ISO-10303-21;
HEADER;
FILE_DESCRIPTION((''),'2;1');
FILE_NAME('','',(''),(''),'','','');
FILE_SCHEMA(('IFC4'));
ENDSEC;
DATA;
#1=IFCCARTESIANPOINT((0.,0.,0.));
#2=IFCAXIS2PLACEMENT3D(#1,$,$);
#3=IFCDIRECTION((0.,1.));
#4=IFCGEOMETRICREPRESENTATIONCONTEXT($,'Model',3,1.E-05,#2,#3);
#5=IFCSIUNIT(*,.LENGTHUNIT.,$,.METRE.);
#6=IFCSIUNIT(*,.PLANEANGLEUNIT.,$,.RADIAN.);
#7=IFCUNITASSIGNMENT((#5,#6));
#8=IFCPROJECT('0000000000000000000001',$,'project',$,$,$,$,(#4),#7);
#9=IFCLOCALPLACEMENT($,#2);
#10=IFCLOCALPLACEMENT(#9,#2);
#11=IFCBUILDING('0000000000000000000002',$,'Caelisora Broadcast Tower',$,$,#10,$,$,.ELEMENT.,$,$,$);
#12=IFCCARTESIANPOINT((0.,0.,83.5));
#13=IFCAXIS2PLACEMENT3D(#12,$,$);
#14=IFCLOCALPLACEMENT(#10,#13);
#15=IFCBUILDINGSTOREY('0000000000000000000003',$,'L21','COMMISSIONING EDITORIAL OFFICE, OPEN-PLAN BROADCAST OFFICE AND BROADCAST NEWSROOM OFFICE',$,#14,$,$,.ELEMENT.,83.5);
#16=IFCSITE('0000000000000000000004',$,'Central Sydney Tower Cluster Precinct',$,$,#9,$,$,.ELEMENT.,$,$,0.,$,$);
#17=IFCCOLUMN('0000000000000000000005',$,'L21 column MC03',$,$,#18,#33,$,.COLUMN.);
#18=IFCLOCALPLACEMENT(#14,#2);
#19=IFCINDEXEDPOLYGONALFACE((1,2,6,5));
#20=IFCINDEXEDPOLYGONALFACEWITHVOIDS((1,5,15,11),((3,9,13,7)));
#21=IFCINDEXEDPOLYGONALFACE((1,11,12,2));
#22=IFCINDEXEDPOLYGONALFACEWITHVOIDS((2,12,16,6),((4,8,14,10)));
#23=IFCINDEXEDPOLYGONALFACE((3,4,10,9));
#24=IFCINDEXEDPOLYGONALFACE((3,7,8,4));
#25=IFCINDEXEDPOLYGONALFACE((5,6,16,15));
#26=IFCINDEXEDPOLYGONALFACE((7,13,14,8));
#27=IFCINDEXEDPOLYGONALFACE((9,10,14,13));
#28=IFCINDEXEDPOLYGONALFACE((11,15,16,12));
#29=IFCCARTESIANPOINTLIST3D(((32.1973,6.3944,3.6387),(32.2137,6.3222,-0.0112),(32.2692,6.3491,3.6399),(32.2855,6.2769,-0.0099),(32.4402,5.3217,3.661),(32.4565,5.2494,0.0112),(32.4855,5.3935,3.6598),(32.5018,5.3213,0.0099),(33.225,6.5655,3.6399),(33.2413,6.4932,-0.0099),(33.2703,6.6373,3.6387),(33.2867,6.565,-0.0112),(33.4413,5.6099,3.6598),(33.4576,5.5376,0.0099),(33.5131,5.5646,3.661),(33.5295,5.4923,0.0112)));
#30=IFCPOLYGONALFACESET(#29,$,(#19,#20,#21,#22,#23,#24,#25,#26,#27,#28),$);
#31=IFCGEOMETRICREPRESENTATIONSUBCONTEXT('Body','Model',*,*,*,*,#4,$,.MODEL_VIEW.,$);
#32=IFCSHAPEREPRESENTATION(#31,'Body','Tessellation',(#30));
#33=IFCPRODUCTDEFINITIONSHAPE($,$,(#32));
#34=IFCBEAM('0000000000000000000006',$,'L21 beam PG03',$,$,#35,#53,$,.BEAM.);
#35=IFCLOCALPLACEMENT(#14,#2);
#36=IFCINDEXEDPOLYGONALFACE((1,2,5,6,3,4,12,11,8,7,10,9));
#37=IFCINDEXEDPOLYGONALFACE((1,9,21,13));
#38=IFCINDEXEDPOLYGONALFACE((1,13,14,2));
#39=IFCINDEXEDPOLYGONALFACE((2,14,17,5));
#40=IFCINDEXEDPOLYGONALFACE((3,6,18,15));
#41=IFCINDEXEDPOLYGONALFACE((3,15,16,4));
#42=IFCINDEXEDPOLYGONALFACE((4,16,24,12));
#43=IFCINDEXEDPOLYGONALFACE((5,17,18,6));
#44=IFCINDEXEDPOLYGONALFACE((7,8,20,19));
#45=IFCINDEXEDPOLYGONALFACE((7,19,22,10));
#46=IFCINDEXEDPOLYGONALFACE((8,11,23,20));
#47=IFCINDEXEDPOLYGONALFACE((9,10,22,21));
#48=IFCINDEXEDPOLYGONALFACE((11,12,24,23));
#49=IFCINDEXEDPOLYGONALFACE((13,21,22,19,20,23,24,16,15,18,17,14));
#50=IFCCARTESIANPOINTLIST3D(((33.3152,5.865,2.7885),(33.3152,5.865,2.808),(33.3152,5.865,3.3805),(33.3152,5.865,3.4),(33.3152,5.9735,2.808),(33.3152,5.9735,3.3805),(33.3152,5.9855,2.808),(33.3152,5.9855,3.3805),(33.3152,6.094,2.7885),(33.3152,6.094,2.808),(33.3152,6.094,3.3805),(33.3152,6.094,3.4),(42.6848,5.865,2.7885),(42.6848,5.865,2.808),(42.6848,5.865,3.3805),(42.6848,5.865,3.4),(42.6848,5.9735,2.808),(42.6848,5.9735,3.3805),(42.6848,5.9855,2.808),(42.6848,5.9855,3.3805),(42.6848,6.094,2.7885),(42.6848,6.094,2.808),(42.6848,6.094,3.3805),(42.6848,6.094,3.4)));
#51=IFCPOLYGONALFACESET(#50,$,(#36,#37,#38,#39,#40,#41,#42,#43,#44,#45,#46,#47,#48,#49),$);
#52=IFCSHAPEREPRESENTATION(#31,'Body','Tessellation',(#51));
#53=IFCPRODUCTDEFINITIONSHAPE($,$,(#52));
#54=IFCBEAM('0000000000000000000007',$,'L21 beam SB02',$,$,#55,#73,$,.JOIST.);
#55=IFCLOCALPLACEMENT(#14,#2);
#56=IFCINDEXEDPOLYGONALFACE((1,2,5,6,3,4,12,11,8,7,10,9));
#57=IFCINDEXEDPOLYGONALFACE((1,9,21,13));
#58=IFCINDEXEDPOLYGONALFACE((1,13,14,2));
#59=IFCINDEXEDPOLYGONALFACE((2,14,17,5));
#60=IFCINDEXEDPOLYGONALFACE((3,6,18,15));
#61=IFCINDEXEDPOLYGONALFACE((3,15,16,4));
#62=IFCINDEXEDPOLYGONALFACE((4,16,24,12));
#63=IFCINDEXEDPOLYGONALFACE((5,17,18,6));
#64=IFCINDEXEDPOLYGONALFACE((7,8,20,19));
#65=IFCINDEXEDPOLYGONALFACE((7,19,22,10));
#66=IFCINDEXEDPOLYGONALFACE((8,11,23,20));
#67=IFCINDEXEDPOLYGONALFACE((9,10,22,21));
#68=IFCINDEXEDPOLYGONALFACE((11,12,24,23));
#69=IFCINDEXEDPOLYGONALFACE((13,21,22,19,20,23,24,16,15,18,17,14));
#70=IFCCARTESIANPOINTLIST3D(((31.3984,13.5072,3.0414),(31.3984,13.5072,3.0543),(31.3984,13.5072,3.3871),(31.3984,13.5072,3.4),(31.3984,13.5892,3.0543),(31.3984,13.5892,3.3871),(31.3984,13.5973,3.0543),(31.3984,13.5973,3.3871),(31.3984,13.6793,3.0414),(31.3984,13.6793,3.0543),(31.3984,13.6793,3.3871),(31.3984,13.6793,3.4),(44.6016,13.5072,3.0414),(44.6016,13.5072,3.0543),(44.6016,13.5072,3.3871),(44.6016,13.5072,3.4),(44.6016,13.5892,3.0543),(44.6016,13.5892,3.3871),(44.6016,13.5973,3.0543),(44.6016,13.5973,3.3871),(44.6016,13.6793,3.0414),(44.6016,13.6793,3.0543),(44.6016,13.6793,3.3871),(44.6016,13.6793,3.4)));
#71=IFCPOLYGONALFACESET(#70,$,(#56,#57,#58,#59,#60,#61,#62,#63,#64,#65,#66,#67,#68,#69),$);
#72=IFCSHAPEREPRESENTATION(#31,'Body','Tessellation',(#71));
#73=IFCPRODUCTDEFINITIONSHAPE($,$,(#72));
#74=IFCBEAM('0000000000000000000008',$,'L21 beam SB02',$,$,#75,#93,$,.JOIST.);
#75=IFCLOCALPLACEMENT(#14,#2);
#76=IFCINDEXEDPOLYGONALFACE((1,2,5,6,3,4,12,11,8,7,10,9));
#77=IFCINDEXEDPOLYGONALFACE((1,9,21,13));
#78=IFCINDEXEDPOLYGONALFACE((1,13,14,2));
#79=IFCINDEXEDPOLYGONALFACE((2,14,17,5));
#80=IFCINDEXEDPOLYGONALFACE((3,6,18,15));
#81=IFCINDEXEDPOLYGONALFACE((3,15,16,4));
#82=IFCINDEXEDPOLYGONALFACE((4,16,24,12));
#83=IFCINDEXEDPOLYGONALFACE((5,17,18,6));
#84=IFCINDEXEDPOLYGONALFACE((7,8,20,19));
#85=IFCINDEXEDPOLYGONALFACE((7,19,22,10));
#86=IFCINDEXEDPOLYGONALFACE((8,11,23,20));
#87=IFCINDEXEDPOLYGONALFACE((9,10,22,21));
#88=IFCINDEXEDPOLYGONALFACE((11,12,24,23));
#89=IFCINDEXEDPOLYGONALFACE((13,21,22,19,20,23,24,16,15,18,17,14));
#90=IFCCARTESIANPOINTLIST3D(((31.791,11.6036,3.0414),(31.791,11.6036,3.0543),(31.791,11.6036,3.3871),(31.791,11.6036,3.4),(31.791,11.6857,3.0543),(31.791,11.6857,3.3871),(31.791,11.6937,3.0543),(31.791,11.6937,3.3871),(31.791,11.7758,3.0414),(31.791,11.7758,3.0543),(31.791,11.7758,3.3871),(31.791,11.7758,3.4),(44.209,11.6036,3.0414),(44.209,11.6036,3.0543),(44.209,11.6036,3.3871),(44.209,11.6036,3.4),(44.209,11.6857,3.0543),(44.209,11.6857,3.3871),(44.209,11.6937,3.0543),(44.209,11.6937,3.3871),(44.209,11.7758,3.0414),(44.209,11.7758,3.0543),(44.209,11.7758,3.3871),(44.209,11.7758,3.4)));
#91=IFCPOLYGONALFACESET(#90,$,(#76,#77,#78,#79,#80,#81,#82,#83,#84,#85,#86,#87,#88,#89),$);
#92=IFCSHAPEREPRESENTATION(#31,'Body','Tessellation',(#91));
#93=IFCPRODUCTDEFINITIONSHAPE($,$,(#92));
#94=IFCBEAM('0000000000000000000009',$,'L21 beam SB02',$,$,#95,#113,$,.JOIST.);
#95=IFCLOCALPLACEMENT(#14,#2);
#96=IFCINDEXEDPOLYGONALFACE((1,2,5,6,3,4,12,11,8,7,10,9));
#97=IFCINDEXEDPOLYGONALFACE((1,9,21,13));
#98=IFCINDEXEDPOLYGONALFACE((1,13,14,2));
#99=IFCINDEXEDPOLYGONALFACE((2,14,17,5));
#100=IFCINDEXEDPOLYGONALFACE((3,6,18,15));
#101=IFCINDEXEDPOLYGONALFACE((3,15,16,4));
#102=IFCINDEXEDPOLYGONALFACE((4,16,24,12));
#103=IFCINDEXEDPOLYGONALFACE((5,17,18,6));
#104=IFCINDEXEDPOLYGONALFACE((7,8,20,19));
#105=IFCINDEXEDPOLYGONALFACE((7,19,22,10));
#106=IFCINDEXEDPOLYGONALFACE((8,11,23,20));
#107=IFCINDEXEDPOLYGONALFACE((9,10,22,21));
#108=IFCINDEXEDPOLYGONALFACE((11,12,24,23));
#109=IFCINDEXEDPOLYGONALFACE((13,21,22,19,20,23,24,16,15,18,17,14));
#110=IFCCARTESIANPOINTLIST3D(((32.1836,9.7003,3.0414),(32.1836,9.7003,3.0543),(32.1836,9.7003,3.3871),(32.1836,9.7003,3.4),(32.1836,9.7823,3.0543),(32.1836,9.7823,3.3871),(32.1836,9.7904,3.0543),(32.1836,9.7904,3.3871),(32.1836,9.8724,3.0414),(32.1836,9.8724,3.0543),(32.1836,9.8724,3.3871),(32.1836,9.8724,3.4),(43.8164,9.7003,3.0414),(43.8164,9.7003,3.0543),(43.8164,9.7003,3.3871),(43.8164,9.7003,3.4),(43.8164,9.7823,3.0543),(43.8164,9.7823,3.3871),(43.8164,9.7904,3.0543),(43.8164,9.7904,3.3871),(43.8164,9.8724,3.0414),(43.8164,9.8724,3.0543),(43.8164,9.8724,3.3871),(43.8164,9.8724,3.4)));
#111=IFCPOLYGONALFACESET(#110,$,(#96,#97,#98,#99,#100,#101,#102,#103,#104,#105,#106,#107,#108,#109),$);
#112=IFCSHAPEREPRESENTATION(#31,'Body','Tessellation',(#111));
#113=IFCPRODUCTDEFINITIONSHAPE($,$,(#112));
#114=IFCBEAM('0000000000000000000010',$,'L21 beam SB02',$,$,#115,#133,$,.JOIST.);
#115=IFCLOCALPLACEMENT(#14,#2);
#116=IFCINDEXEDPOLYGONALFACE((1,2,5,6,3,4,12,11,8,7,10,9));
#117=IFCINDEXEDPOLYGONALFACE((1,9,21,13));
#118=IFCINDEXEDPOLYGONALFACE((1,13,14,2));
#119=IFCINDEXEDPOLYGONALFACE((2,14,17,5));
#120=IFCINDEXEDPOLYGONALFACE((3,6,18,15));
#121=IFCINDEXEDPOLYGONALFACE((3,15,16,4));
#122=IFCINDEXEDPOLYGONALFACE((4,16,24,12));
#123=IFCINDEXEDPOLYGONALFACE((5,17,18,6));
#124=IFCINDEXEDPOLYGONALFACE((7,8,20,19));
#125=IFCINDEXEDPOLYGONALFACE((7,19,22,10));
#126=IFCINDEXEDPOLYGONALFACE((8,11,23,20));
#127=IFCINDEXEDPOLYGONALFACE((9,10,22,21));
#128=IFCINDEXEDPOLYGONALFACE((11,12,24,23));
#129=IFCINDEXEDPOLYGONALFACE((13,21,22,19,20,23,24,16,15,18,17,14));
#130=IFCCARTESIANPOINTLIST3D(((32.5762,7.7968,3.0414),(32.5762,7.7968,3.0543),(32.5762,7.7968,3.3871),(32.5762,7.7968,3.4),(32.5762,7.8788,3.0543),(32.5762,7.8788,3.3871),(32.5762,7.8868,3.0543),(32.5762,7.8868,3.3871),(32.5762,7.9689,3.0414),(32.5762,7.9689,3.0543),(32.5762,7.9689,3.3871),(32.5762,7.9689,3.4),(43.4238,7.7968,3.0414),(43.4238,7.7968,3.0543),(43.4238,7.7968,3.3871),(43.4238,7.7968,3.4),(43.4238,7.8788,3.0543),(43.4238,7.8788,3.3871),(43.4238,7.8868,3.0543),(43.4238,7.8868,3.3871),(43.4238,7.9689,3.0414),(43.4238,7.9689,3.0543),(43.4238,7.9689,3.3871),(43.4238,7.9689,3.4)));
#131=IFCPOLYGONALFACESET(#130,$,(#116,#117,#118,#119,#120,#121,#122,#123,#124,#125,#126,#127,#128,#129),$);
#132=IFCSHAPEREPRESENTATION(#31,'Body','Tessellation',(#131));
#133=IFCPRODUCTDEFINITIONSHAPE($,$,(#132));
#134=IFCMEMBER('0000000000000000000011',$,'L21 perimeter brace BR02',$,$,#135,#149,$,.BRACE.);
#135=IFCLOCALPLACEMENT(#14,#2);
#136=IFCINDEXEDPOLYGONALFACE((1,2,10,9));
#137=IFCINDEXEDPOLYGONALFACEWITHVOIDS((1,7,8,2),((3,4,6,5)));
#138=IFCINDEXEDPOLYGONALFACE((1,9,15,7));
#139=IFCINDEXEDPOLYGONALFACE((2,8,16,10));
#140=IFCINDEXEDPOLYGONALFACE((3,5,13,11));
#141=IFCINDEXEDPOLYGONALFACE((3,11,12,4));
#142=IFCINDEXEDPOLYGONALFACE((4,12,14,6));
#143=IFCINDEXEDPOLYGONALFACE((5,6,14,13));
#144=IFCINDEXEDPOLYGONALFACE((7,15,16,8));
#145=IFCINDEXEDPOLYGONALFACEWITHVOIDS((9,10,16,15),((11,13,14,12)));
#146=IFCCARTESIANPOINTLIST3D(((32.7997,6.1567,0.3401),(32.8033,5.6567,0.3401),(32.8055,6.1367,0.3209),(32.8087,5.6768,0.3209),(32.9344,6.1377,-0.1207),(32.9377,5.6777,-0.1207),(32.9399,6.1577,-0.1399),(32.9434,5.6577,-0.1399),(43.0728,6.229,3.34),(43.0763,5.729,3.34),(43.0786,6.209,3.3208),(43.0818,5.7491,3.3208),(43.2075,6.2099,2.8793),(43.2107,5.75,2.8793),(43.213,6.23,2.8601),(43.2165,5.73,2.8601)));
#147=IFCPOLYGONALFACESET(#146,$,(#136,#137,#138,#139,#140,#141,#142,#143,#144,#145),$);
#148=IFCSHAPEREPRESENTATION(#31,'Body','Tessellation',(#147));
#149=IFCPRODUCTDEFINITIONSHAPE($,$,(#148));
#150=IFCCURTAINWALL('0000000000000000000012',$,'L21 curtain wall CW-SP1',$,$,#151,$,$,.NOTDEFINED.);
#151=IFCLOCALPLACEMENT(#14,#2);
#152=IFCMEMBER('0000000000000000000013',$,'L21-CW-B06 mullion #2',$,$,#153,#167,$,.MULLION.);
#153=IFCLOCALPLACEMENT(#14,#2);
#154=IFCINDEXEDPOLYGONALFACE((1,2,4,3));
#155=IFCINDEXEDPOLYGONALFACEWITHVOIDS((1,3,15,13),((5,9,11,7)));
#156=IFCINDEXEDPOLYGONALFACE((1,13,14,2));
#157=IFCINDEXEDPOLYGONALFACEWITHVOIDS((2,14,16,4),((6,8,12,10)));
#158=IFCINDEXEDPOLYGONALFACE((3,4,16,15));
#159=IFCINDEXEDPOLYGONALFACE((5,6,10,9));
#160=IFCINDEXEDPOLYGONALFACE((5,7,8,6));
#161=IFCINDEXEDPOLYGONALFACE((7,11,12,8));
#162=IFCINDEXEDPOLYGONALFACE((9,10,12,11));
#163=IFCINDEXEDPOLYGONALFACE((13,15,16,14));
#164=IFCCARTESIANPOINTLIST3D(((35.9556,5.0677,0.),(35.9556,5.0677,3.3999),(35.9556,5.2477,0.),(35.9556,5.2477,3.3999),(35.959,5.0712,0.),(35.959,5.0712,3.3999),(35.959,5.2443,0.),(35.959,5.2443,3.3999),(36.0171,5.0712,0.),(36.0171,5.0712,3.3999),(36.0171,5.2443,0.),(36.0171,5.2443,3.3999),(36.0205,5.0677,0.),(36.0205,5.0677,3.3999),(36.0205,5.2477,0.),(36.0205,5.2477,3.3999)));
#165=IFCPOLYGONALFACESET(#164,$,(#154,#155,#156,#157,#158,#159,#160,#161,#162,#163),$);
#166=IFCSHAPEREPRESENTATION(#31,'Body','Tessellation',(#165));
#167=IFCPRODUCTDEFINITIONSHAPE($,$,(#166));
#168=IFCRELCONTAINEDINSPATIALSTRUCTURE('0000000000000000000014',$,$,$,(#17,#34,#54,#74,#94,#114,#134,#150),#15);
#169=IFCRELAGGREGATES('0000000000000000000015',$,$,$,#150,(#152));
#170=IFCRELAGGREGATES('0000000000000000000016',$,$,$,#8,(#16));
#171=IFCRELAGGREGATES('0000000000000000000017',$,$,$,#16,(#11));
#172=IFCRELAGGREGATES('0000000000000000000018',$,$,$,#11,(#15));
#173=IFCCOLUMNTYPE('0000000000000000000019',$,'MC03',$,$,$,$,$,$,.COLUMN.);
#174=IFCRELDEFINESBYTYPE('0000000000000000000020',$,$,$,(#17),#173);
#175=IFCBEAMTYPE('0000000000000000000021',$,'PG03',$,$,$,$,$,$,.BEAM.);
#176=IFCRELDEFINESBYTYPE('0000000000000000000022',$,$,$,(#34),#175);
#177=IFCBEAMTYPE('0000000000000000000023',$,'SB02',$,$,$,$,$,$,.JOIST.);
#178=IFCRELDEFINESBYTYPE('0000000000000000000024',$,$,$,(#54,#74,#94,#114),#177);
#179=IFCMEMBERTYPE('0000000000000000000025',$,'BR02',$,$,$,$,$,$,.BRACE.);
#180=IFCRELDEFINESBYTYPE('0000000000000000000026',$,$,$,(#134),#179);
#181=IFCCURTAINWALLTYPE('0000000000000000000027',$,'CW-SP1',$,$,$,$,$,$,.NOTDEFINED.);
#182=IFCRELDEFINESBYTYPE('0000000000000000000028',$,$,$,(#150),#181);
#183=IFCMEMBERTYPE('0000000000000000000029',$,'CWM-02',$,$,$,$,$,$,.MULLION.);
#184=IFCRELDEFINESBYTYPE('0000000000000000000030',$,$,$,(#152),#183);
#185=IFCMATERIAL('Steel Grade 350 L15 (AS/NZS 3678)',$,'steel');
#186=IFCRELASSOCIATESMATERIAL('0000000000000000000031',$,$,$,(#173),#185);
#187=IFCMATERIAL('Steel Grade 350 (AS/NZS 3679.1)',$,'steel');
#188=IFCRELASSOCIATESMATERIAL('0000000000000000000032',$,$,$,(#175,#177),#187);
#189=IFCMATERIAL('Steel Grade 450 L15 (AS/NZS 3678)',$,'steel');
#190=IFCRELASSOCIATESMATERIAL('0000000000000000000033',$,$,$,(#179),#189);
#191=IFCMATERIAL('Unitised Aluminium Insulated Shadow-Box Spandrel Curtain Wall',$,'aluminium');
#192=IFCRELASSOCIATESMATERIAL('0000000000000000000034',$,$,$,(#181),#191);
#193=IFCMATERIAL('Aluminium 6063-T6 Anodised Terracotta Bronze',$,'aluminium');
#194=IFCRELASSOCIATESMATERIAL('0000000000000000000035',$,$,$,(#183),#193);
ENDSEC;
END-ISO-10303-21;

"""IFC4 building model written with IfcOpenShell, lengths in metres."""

from ifc_helpers import new_model, si_unit, direction, frame, origin, origin_2d, place, context, subcontext, project, spatial, hollow_rectangle, i_section, extrude, source, transform, mapped, material, material_profile, profile_set, type_object, type_shapes, element, aggregate, save


model = new_model("IFC4")

# Units and contexts
model_context = context("Model", 3, precision=1e-05, world=origin(), true_north=direction((0.0, 1.0)))
body_context = subcontext(model_context, "Body", "Model", "MODEL_VIEW")
ifc_project = project(units=[si_unit("LENGTHUNIT", "METRE"), si_unit("PLANEANGLEUNIT", "RADIAN")], contexts=[model_context])

# Site, building, storey
site_placement = place(None, origin())
site = spatial("IfcSite", under=ifc_project, at=site_placement, Name="Central Sydney Tower Cluster Precinct", CompositionType="ELEMENT", RefElevation=0.0)
building_placement = place(site_placement, origin())
building = spatial("IfcBuilding", under=site, at=building_placement, Name="Caelisora Broadcast Tower", CompositionType="ELEMENT")
storey_placement = place(building_placement, frame((0.0, 0.0, 83.5)))
storey = spatial("IfcBuildingStorey", under=building, at=storey_placement, Name="L21", Description="COMMISSIONING EDITORIAL OFFICE, OPEN-PLAN BROADCAST OFFICE AND BROADCAST NEWSROOM OFFICE", CompositionType="ELEMENT", Elevation=83.5)

# Column
ifc_material_1 = material(Name="Steel Grade 350 L15 (AS/NZS 3678)", Category="steel")
ifc_material_profile_1 = material_profile(ifc_material_1, hollow_rectangle(XDim=1.1001, YDim=1.1001, WallThickness=0.0601, at=origin_2d()), Name="Steel Grade 350 L15 (AS/NZS 3678)")
ifc_profile_set_1 = profile_set([ifc_material_profile_1], Name="Steel Grade 350 L15 (AS/NZS 3678)")
column_type = type_object("IfcColumnType", Name="MC03", PredefinedType="COLUMN", material=ifc_profile_set_1)
shared_shape_1 = source(origin(), body_context, "Body", "SweptSolid", [
    extrude(hollow_rectangle(XDim=1.1001, YDim=1.1001, WallThickness=0.0601, at=origin_2d()), origin(), (0.0, 0.0, 1.0), 3.6506),
])
type_shapes(column_type, [shared_shape_1])
column_placement = place(storey_placement, frame((32.8716, 5.9072, 0.0), z_axis=(-0.004481, 0.019795, 0.999794), x_axis=(-0.975327, -0.220767, 0.0)))
element("IfcColumn", 1, at=column_placement, inside=storey, type_object=column_type, Name="L21 column MC03", PredefinedType="COLUMN", context=body_context, shape_type="MappedRepresentation", body=[
    mapped(shared_shape_1, transform((0.0, 0.0, 0.0), scale=1.0)),
])

# Beams
ifc_material_2 = material(Name="Steel Grade 350 (AS/NZS 3679.1)", Category="steel")
ifc_material_profile_2 = material_profile(ifc_material_2, i_section(OverallWidth=0.229, OverallDepth=0.6116, WebThickness=0.012, FlangeThickness=0.0195, at=origin_2d()), Name="Steel Grade 350 (AS/NZS 3679.1)")
ifc_profile_set_2 = profile_set([ifc_material_profile_2], Name="Steel Grade 350 (AS/NZS 3679.1)")
beam_type_1 = type_object("IfcBeamType", Name="PG03", PredefinedType="BEAM", material=ifc_profile_set_2)
shared_shape_2 = source(origin(), body_context, "Body", "SweptSolid", [
    extrude(i_section(OverallWidth=0.229, OverallDepth=0.6116, WebThickness=0.012, FlangeThickness=0.0195, at=origin_2d()), origin(), (0.0, 0.0, 1.0), 9.3696),
])
type_shapes(beam_type_1, [shared_shape_2])
beam_1_placement = place(storey_placement, frame((33.3152, 5.9795, 3.0942), z_axis=(1.0, 0.0, 0.0), x_axis=(0.0, 1.0, 0.0)))
element("IfcBeam", 2, at=beam_1_placement, inside=storey, type_object=beam_type_1, Name="L21 beam PG03", PredefinedType="BEAM", context=body_context, shape_type="MappedRepresentation", body=[
    mapped(shared_shape_2, transform((0.0, 0.0, 0.0), scale=1.0)),
])
ifc_material_profile_3 = material_profile(ifc_material_2, i_section(OverallWidth=0.1721, OverallDepth=0.3586, WebThickness=0.0081, FlangeThickness=0.0129, at=origin_2d()), Name="Steel Grade 350 (AS/NZS 3679.1)")
ifc_profile_set_3 = profile_set([ifc_material_profile_3], Name="Steel Grade 350 (AS/NZS 3679.1)")
beam_type_2 = type_object("IfcBeamType", Name="SB02", PredefinedType="JOIST", material=ifc_profile_set_3)
shared_shape_3 = source(origin(), body_context, "Body", "SweptSolid", [
    extrude(i_section(OverallWidth=0.1721, OverallDepth=0.3586, WebThickness=0.0081, FlangeThickness=0.0129, at=origin_2d()), origin(), (0.0, 0.0, 1.0), 13.2031),
])
beam_2_placement = place(storey_placement, frame((31.3984, 13.5933, 3.2207), z_axis=(1.0, 0.0, 0.0), x_axis=(0.0, 1.0, 0.0)))
element("IfcBeam", 3, at=beam_2_placement, inside=storey, type_object=beam_type_2, Name="L21 beam SB02", PredefinedType="JOIST", context=body_context, shape_type="MappedRepresentation", body=[
    mapped(shared_shape_3, transform((0.0, 0.0, 0.0), scale=1.0)),
])
shared_shape_4 = source(origin(), body_context, "Body", "SweptSolid", [
    extrude(i_section(OverallWidth=0.1721, OverallDepth=0.3586, WebThickness=0.0081, FlangeThickness=0.0129, at=origin_2d()), origin(), (0.0, 0.0, 1.0), 12.418),
])
beam_3_placement = place(storey_placement, frame((31.791, 11.6897, 3.2207), z_axis=(1.0, 0.0, 0.0), x_axis=(0.0, 1.0, 0.0)))
element("IfcBeam", 4, at=beam_3_placement, inside=storey, type_object=beam_type_2, Name="L21 beam SB02", PredefinedType="JOIST", context=body_context, shape_type="MappedRepresentation", body=[
    mapped(shared_shape_4, transform((0.0, 0.0, 0.0), scale=1.0)),
])
shared_shape_5 = source(origin(), body_context, "Body", "SweptSolid", [
    extrude(i_section(OverallWidth=0.1721, OverallDepth=0.3586, WebThickness=0.0081, FlangeThickness=0.0129, at=origin_2d()), origin(), (0.0, 0.0, 1.0), 11.6328),
])
beam_4_placement = place(storey_placement, frame((32.1836, 9.7864, 3.2207), z_axis=(1.0, 0.0, 0.0), x_axis=(0.0, 1.0, 0.0)))
element("IfcBeam", 5, at=beam_4_placement, inside=storey, type_object=beam_type_2, Name="L21 beam SB02", PredefinedType="JOIST", context=body_context, shape_type="MappedRepresentation", body=[
    mapped(shared_shape_5, transform((0.0, 0.0, 0.0), scale=1.0)),
])
shared_shape_6 = source(origin(), body_context, "Body", "SweptSolid", [
    extrude(i_section(OverallWidth=0.1721, OverallDepth=0.3586, WebThickness=0.0081, FlangeThickness=0.0129, at=origin_2d()), origin(), (0.0, 0.0, 1.0), 10.8477),
])
type_shapes(beam_type_2, [shared_shape_3, shared_shape_4, shared_shape_5, shared_shape_6])
beam_5_placement = place(storey_placement, frame((32.5762, 7.8828, 3.2207), z_axis=(1.0, 0.0, 0.0), x_axis=(0.0, 1.0, 0.0)))
element("IfcBeam", 6, at=beam_5_placement, inside=storey, type_object=beam_type_2, Name="L21 beam SB02", PredefinedType="JOIST", context=body_context, shape_type="MappedRepresentation", body=[
    mapped(shared_shape_6, transform((0.0, 0.0, 0.0), scale=1.0)),
])

# Member
ifc_material_3 = material(Name="Steel Grade 450 L15 (AS/NZS 3678)", Category="steel")
ifc_material_profile_4 = material_profile(ifc_material_3, hollow_rectangle(XDim=0.5, YDim=0.5, WallThickness=0.02, at=origin_2d()), Name="Steel Grade 450 L15 (AS/NZS 3678)")
ifc_profile_set_4 = profile_set([ifc_material_profile_4], Name="Steel Grade 450 L15 (AS/NZS 3678)")
member_type_1 = type_object("IfcMemberType", Name="BR02", PredefinedType="BRACE", material=ifc_profile_set_4)
shared_shape_7 = source(origin(), body_context, "Body", "SweptSolid", [
    extrude(hollow_rectangle(XDim=0.5, YDim=0.5, WallThickness=0.02, at=origin_2d()), origin(), (0.0, 0.0, 1.0), 10.7024),
])
type_shapes(member_type_1, [shared_shape_7])
member_1_placement = place(storey_placement, frame((32.8716, 5.9072, 0.1001), z_axis=(0.959886, 0.006752, 0.280308), x_axis=(-0.007034, 0.999975, 0.0)))
element("IfcMember", 7, at=member_1_placement, inside=storey, type_object=member_type_1, Name="L21 perimeter brace BR02", PredefinedType="BRACE", context=body_context, shape_type="MappedRepresentation", body=[
    mapped(shared_shape_7, transform((0.0, 0.0, 0.0), scale=1.0)),
])

# Curtain wall, member
ifc_material_4 = material(Name="Unitised Aluminium Insulated Shadow-Box Spandrel Curtain Wall", Category="aluminium")
curtain_wall_type_1 = type_object("IfcCurtainWallType", Name="CW-SP1", PredefinedType="NOTDEFINED", material=ifc_material_4)
curtain_wall_1_placement = place(storey_placement, origin())
curtain_wall_1 = element("IfcCurtainWall", 8, at=curtain_wall_1_placement, inside=storey, type_object=curtain_wall_type_1, Name="L21 curtain wall CW-SP1", PredefinedType="NOTDEFINED")
ifc_material_5 = material(Name="Aluminium 6063-T6 Anodised Terracotta Bronze", Category="aluminium")
ifc_material_profile_5 = material_profile(ifc_material_5, hollow_rectangle(XDim=0.0649, YDim=0.1799, WallThickness=0.0034, at=origin_2d()), Name="Aluminium 6063-T6 Anodised Terracotta Bronze")
ifc_profile_set_5 = profile_set([ifc_material_profile_5], Name="Aluminium 6063-T6 Anodised Terracotta Bronze")
member_type_2 = type_object("IfcMemberType", Name="CWM-02", PredefinedType="MULLION", material=ifc_profile_set_5)
shared_shape_8 = source(origin(), body_context, "Body", "SweptSolid", [
    extrude(hollow_rectangle(XDim=0.0649, YDim=0.1799, WallThickness=0.0034, at=origin_2d()), origin(), (0.0, 0.0, 1.0), 3.3999),
])
type_shapes(member_type_2, [shared_shape_8])
member_2_placement = place(storey_placement, frame((35.988, 5.1577, 0.0), z_axis=(0.0, 0.0, 1.0), x_axis=(1.0, 0.0, 0.0)))
member_2 = element("IfcMember", 9, at=member_2_placement, type_object=member_type_2, Name="L21-CW-B06 mullion #2", PredefinedType="MULLION", context=body_context, shape_type="MappedRepresentation", body=[
    mapped(shared_shape_8, transform((0.0, 0.0, 0.0), scale=1.0)),
])

aggregate(curtain_wall_1, [member_2])

save(model, "model.ifc")
